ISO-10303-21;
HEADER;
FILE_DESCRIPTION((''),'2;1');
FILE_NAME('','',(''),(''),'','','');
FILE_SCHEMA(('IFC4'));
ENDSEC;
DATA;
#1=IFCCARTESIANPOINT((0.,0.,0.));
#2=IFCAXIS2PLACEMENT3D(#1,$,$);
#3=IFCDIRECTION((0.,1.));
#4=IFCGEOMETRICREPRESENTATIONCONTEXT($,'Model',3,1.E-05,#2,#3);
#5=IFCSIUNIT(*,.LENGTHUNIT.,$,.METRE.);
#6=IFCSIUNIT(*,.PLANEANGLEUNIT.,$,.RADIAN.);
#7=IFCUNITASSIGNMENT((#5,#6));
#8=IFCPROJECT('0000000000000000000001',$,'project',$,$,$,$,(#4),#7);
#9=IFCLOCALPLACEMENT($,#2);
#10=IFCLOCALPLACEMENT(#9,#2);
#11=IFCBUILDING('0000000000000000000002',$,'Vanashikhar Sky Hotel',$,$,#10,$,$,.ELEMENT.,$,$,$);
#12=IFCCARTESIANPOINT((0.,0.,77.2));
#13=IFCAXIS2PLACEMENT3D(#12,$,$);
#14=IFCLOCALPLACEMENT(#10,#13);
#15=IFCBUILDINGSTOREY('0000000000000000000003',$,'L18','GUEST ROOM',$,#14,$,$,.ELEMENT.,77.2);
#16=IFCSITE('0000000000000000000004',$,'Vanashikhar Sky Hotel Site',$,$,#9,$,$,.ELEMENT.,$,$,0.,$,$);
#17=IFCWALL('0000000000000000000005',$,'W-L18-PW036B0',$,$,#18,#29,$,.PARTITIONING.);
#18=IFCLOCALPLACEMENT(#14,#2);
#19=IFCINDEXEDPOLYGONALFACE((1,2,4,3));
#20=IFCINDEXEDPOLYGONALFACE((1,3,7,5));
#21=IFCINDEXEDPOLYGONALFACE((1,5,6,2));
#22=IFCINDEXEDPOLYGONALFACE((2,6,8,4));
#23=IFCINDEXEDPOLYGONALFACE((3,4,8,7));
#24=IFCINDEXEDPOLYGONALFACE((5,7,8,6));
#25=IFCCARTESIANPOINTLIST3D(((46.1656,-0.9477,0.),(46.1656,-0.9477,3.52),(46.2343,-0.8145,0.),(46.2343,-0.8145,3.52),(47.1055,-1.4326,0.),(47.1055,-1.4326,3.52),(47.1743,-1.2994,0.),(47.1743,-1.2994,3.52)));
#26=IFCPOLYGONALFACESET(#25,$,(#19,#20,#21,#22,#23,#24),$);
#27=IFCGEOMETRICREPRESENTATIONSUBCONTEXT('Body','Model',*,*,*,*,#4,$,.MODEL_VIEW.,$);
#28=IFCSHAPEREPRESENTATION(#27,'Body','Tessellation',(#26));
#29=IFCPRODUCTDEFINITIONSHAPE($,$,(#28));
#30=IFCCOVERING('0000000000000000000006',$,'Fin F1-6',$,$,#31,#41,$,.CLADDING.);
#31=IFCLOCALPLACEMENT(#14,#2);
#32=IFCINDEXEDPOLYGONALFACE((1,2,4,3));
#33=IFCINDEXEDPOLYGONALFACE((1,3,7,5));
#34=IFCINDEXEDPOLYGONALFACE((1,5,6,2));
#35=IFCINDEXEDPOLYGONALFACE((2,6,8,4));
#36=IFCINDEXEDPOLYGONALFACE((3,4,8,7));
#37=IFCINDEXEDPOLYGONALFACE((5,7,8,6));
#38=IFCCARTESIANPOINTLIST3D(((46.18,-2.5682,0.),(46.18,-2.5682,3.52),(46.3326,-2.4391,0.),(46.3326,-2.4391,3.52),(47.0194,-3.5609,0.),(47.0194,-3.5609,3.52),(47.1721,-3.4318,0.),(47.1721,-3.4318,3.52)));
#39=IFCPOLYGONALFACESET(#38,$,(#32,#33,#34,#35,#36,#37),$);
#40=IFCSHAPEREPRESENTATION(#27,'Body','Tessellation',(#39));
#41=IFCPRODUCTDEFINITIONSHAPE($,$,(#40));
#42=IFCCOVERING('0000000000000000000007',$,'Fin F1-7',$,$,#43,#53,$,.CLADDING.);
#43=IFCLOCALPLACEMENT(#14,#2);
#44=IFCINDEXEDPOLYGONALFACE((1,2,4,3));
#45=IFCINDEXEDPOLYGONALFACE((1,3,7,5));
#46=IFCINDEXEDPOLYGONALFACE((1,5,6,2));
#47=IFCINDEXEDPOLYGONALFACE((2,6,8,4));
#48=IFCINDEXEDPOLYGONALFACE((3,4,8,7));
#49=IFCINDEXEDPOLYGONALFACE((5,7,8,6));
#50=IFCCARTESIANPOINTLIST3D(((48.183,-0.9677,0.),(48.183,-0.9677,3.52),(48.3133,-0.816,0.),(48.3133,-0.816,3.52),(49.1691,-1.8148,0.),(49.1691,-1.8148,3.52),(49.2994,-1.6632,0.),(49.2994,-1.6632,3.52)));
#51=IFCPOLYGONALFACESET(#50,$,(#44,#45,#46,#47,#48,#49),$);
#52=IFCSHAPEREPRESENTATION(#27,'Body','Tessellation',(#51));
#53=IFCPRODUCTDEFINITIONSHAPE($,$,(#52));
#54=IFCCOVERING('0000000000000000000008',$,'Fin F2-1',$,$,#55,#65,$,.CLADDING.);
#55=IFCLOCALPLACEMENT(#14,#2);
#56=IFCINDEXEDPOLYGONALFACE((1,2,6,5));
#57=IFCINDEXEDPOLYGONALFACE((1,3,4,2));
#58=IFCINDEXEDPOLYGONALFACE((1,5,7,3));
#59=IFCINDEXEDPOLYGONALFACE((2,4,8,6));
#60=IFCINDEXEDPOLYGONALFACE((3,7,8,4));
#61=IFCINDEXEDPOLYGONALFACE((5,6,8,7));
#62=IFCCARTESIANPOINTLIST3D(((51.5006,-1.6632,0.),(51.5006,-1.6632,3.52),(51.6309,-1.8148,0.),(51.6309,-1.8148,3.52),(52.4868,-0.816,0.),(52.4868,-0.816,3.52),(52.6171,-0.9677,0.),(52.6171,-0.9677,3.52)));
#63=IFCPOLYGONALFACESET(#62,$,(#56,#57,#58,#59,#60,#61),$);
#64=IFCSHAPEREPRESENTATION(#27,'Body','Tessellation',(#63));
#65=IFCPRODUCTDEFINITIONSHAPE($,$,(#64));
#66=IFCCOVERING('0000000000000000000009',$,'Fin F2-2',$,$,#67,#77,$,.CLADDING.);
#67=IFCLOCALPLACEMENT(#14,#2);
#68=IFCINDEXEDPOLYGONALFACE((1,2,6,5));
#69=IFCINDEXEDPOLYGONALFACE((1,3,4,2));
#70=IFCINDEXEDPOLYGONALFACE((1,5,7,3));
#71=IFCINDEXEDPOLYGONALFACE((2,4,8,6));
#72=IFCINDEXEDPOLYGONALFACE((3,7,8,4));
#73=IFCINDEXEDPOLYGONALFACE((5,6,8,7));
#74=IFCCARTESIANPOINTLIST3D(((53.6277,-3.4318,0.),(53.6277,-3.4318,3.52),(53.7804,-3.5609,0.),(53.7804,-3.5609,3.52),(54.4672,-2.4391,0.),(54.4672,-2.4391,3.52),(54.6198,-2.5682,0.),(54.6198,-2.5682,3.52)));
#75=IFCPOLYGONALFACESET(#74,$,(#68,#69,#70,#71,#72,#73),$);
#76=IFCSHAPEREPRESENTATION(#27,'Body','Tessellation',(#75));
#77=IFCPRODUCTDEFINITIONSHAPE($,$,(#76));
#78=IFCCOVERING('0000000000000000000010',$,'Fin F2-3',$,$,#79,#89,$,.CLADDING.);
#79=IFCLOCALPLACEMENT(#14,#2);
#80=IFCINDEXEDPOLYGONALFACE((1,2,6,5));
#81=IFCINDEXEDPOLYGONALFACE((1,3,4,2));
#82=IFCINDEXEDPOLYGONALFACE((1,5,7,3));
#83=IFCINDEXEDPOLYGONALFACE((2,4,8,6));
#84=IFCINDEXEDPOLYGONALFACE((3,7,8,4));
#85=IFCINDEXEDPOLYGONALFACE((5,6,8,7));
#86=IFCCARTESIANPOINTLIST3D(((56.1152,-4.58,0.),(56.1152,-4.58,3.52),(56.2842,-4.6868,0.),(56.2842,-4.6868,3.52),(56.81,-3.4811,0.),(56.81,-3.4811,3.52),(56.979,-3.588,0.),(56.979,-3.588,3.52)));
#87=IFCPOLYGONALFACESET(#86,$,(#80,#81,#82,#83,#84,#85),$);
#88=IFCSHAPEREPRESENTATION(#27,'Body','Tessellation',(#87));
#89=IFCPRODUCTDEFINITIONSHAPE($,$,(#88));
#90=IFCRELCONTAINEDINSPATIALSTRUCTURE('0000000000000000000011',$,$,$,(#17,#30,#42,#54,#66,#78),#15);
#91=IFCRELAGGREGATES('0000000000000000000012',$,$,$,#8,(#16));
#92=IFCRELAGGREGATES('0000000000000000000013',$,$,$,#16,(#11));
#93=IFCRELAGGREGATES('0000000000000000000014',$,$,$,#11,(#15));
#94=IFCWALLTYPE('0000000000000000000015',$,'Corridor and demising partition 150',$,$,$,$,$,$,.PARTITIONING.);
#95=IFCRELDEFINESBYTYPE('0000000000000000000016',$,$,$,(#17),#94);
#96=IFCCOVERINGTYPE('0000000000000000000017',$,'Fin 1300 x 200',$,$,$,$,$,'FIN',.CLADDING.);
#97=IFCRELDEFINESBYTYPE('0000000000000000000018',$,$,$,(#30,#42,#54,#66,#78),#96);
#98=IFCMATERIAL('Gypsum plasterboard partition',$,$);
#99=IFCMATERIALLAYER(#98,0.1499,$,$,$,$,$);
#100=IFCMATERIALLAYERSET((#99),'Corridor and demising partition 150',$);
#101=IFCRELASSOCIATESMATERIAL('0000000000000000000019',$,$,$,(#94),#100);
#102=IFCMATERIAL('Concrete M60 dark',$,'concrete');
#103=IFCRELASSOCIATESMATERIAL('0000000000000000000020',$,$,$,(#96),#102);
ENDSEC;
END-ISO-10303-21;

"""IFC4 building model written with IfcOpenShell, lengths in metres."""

from ifc_helpers import new_model, si_unit, direction, frame, frame_2d, origin, origin_2d, place, context, subcontext, project, spatial, rectangle, extrude, source, transform, mapped, material, layer, layer_set, material_profile, profile_set, type_object, element, save


model = new_model("IFC4")

# Units and contexts
model_context = context("Model", 3, precision=1e-05, world=origin(), true_north=direction((0.0, 1.0)))
body_context = subcontext(model_context, "Body", "Model", "MODEL_VIEW")
ifc_project = project(units=[si_unit("LENGTHUNIT", "METRE"), si_unit("PLANEANGLEUNIT", "RADIAN")], contexts=[model_context])

# Site, building, storey
site_placement = place(None, origin())
site = spatial("IfcSite", under=ifc_project, at=site_placement, Name="Vanashikhar Sky Hotel Site", CompositionType="ELEMENT", RefElevation=0.0)
building_placement = place(site_placement, origin())
building = spatial("IfcBuilding", under=site, at=building_placement, Name="Vanashikhar Sky Hotel", CompositionType="ELEMENT")
storey_placement = place(building_placement, frame((0.0, 0.0, 77.2)))
storey = spatial("IfcBuildingStorey", under=building, at=storey_placement, Name="L18", Description="GUEST ROOM", CompositionType="ELEMENT", Elevation=77.2)

# Wall
ifc_material_1 = material(Name="Gypsum plasterboard partition")
ifc_layer_1 = layer(ifc_material_1, 0.1499)
ifc_layer_set_1 = layer_set([ifc_layer_1], Name="Corridor and demising partition 150")
wall_type_1 = type_object("IfcWallType", Name="Corridor and demising partition 150", PredefinedType="PARTITIONING", material=ifc_layer_set_1)
shared_shape_1 = source(origin(), body_context, "Body", "SweptSolid", [
    extrude(rectangle(XDim=1.0576, YDim=0.1499, at=frame_2d((0.5288, 0.0))), origin(), (0.0, 0.0, 1.0), 3.52),
])
wall_1_placement = place(storey_placement, frame((47.1399, -1.366, 0.0), z_axis=(0.0, 0.0, 1.0), x_axis=(-0.888724, 0.458443, 0.0)))
element("IfcWall", 1, at=wall_1_placement, inside=storey, type_object=wall_type_1, Name="W-L18-PW036B0", PredefinedType="PARTITIONING", context=body_context, shape_type="MappedRepresentation", body=[
    mapped(shared_shape_1, transform((0.0, 0.0, 0.0), scale=1.0)),
])

# Coverings
ifc_material_2 = material(Name="Concrete M60 dark", Category="concrete")
ifc_material_profile = material_profile(ifc_material_2, rectangle(XDim=1.3, YDim=0.2, at=origin_2d()))
ifc_profile_set = profile_set([ifc_material_profile], Name="Fin 1300 x 200")
covering_type = type_object("IfcCoveringType", Name="Fin 1300 x 200", ElementType="FIN", PredefinedType="CLADDING", material=ifc_profile_set)
shared_shape_2 = source(origin(), body_context, "Body", "SweptSolid", [
    extrude(rectangle(XDim=1.3, YDim=0.2, at=origin_2d()), origin(), (0.0, 0.0, 1.0), 3.52),
])
for number, where, z_axis, x_axis, name in (
    (2, (46.676, -3.0, 0.0), (0.0, 0.0, 1.0), (0.645698, -0.763593, 0.0), "Fin F1-6"),
    (3, (48.7412, -1.3154, 0.0), (0.0, 0.0, 1.0), (0.758544, -0.651622, 0.0), "Fin F1-7"),
    (4, (52.0588, -1.3154, 0.0), (0.0, 0.0, 1.0), (-0.758544, -0.651622, 0.0), "Fin F2-1"),
    (5, (54.1238, -3.0, 0.0), (0.0, 0.0, 1.0), (-0.645698, -0.763593, 0.0), "Fin F2-2"),
    (6, (56.5471, -4.084, 0.0), (0.0, 0.0, 1.0), (-0.534411, -0.845225, 0.0), "Fin F2-3"),
):
    element("IfcCovering", number, at=place(storey_placement, frame(where, z_axis=z_axis, x_axis=x_axis)), inside=storey, type_object=covering_type, Name=name, PredefinedType="CLADDING", context=body_context, shape_type="MappedRepresentation", body=[
        mapped(shared_shape_2, transform((0.0, 0.0, 0.0), scale=1.0)),
    ])

save(model, "model.ifc")
